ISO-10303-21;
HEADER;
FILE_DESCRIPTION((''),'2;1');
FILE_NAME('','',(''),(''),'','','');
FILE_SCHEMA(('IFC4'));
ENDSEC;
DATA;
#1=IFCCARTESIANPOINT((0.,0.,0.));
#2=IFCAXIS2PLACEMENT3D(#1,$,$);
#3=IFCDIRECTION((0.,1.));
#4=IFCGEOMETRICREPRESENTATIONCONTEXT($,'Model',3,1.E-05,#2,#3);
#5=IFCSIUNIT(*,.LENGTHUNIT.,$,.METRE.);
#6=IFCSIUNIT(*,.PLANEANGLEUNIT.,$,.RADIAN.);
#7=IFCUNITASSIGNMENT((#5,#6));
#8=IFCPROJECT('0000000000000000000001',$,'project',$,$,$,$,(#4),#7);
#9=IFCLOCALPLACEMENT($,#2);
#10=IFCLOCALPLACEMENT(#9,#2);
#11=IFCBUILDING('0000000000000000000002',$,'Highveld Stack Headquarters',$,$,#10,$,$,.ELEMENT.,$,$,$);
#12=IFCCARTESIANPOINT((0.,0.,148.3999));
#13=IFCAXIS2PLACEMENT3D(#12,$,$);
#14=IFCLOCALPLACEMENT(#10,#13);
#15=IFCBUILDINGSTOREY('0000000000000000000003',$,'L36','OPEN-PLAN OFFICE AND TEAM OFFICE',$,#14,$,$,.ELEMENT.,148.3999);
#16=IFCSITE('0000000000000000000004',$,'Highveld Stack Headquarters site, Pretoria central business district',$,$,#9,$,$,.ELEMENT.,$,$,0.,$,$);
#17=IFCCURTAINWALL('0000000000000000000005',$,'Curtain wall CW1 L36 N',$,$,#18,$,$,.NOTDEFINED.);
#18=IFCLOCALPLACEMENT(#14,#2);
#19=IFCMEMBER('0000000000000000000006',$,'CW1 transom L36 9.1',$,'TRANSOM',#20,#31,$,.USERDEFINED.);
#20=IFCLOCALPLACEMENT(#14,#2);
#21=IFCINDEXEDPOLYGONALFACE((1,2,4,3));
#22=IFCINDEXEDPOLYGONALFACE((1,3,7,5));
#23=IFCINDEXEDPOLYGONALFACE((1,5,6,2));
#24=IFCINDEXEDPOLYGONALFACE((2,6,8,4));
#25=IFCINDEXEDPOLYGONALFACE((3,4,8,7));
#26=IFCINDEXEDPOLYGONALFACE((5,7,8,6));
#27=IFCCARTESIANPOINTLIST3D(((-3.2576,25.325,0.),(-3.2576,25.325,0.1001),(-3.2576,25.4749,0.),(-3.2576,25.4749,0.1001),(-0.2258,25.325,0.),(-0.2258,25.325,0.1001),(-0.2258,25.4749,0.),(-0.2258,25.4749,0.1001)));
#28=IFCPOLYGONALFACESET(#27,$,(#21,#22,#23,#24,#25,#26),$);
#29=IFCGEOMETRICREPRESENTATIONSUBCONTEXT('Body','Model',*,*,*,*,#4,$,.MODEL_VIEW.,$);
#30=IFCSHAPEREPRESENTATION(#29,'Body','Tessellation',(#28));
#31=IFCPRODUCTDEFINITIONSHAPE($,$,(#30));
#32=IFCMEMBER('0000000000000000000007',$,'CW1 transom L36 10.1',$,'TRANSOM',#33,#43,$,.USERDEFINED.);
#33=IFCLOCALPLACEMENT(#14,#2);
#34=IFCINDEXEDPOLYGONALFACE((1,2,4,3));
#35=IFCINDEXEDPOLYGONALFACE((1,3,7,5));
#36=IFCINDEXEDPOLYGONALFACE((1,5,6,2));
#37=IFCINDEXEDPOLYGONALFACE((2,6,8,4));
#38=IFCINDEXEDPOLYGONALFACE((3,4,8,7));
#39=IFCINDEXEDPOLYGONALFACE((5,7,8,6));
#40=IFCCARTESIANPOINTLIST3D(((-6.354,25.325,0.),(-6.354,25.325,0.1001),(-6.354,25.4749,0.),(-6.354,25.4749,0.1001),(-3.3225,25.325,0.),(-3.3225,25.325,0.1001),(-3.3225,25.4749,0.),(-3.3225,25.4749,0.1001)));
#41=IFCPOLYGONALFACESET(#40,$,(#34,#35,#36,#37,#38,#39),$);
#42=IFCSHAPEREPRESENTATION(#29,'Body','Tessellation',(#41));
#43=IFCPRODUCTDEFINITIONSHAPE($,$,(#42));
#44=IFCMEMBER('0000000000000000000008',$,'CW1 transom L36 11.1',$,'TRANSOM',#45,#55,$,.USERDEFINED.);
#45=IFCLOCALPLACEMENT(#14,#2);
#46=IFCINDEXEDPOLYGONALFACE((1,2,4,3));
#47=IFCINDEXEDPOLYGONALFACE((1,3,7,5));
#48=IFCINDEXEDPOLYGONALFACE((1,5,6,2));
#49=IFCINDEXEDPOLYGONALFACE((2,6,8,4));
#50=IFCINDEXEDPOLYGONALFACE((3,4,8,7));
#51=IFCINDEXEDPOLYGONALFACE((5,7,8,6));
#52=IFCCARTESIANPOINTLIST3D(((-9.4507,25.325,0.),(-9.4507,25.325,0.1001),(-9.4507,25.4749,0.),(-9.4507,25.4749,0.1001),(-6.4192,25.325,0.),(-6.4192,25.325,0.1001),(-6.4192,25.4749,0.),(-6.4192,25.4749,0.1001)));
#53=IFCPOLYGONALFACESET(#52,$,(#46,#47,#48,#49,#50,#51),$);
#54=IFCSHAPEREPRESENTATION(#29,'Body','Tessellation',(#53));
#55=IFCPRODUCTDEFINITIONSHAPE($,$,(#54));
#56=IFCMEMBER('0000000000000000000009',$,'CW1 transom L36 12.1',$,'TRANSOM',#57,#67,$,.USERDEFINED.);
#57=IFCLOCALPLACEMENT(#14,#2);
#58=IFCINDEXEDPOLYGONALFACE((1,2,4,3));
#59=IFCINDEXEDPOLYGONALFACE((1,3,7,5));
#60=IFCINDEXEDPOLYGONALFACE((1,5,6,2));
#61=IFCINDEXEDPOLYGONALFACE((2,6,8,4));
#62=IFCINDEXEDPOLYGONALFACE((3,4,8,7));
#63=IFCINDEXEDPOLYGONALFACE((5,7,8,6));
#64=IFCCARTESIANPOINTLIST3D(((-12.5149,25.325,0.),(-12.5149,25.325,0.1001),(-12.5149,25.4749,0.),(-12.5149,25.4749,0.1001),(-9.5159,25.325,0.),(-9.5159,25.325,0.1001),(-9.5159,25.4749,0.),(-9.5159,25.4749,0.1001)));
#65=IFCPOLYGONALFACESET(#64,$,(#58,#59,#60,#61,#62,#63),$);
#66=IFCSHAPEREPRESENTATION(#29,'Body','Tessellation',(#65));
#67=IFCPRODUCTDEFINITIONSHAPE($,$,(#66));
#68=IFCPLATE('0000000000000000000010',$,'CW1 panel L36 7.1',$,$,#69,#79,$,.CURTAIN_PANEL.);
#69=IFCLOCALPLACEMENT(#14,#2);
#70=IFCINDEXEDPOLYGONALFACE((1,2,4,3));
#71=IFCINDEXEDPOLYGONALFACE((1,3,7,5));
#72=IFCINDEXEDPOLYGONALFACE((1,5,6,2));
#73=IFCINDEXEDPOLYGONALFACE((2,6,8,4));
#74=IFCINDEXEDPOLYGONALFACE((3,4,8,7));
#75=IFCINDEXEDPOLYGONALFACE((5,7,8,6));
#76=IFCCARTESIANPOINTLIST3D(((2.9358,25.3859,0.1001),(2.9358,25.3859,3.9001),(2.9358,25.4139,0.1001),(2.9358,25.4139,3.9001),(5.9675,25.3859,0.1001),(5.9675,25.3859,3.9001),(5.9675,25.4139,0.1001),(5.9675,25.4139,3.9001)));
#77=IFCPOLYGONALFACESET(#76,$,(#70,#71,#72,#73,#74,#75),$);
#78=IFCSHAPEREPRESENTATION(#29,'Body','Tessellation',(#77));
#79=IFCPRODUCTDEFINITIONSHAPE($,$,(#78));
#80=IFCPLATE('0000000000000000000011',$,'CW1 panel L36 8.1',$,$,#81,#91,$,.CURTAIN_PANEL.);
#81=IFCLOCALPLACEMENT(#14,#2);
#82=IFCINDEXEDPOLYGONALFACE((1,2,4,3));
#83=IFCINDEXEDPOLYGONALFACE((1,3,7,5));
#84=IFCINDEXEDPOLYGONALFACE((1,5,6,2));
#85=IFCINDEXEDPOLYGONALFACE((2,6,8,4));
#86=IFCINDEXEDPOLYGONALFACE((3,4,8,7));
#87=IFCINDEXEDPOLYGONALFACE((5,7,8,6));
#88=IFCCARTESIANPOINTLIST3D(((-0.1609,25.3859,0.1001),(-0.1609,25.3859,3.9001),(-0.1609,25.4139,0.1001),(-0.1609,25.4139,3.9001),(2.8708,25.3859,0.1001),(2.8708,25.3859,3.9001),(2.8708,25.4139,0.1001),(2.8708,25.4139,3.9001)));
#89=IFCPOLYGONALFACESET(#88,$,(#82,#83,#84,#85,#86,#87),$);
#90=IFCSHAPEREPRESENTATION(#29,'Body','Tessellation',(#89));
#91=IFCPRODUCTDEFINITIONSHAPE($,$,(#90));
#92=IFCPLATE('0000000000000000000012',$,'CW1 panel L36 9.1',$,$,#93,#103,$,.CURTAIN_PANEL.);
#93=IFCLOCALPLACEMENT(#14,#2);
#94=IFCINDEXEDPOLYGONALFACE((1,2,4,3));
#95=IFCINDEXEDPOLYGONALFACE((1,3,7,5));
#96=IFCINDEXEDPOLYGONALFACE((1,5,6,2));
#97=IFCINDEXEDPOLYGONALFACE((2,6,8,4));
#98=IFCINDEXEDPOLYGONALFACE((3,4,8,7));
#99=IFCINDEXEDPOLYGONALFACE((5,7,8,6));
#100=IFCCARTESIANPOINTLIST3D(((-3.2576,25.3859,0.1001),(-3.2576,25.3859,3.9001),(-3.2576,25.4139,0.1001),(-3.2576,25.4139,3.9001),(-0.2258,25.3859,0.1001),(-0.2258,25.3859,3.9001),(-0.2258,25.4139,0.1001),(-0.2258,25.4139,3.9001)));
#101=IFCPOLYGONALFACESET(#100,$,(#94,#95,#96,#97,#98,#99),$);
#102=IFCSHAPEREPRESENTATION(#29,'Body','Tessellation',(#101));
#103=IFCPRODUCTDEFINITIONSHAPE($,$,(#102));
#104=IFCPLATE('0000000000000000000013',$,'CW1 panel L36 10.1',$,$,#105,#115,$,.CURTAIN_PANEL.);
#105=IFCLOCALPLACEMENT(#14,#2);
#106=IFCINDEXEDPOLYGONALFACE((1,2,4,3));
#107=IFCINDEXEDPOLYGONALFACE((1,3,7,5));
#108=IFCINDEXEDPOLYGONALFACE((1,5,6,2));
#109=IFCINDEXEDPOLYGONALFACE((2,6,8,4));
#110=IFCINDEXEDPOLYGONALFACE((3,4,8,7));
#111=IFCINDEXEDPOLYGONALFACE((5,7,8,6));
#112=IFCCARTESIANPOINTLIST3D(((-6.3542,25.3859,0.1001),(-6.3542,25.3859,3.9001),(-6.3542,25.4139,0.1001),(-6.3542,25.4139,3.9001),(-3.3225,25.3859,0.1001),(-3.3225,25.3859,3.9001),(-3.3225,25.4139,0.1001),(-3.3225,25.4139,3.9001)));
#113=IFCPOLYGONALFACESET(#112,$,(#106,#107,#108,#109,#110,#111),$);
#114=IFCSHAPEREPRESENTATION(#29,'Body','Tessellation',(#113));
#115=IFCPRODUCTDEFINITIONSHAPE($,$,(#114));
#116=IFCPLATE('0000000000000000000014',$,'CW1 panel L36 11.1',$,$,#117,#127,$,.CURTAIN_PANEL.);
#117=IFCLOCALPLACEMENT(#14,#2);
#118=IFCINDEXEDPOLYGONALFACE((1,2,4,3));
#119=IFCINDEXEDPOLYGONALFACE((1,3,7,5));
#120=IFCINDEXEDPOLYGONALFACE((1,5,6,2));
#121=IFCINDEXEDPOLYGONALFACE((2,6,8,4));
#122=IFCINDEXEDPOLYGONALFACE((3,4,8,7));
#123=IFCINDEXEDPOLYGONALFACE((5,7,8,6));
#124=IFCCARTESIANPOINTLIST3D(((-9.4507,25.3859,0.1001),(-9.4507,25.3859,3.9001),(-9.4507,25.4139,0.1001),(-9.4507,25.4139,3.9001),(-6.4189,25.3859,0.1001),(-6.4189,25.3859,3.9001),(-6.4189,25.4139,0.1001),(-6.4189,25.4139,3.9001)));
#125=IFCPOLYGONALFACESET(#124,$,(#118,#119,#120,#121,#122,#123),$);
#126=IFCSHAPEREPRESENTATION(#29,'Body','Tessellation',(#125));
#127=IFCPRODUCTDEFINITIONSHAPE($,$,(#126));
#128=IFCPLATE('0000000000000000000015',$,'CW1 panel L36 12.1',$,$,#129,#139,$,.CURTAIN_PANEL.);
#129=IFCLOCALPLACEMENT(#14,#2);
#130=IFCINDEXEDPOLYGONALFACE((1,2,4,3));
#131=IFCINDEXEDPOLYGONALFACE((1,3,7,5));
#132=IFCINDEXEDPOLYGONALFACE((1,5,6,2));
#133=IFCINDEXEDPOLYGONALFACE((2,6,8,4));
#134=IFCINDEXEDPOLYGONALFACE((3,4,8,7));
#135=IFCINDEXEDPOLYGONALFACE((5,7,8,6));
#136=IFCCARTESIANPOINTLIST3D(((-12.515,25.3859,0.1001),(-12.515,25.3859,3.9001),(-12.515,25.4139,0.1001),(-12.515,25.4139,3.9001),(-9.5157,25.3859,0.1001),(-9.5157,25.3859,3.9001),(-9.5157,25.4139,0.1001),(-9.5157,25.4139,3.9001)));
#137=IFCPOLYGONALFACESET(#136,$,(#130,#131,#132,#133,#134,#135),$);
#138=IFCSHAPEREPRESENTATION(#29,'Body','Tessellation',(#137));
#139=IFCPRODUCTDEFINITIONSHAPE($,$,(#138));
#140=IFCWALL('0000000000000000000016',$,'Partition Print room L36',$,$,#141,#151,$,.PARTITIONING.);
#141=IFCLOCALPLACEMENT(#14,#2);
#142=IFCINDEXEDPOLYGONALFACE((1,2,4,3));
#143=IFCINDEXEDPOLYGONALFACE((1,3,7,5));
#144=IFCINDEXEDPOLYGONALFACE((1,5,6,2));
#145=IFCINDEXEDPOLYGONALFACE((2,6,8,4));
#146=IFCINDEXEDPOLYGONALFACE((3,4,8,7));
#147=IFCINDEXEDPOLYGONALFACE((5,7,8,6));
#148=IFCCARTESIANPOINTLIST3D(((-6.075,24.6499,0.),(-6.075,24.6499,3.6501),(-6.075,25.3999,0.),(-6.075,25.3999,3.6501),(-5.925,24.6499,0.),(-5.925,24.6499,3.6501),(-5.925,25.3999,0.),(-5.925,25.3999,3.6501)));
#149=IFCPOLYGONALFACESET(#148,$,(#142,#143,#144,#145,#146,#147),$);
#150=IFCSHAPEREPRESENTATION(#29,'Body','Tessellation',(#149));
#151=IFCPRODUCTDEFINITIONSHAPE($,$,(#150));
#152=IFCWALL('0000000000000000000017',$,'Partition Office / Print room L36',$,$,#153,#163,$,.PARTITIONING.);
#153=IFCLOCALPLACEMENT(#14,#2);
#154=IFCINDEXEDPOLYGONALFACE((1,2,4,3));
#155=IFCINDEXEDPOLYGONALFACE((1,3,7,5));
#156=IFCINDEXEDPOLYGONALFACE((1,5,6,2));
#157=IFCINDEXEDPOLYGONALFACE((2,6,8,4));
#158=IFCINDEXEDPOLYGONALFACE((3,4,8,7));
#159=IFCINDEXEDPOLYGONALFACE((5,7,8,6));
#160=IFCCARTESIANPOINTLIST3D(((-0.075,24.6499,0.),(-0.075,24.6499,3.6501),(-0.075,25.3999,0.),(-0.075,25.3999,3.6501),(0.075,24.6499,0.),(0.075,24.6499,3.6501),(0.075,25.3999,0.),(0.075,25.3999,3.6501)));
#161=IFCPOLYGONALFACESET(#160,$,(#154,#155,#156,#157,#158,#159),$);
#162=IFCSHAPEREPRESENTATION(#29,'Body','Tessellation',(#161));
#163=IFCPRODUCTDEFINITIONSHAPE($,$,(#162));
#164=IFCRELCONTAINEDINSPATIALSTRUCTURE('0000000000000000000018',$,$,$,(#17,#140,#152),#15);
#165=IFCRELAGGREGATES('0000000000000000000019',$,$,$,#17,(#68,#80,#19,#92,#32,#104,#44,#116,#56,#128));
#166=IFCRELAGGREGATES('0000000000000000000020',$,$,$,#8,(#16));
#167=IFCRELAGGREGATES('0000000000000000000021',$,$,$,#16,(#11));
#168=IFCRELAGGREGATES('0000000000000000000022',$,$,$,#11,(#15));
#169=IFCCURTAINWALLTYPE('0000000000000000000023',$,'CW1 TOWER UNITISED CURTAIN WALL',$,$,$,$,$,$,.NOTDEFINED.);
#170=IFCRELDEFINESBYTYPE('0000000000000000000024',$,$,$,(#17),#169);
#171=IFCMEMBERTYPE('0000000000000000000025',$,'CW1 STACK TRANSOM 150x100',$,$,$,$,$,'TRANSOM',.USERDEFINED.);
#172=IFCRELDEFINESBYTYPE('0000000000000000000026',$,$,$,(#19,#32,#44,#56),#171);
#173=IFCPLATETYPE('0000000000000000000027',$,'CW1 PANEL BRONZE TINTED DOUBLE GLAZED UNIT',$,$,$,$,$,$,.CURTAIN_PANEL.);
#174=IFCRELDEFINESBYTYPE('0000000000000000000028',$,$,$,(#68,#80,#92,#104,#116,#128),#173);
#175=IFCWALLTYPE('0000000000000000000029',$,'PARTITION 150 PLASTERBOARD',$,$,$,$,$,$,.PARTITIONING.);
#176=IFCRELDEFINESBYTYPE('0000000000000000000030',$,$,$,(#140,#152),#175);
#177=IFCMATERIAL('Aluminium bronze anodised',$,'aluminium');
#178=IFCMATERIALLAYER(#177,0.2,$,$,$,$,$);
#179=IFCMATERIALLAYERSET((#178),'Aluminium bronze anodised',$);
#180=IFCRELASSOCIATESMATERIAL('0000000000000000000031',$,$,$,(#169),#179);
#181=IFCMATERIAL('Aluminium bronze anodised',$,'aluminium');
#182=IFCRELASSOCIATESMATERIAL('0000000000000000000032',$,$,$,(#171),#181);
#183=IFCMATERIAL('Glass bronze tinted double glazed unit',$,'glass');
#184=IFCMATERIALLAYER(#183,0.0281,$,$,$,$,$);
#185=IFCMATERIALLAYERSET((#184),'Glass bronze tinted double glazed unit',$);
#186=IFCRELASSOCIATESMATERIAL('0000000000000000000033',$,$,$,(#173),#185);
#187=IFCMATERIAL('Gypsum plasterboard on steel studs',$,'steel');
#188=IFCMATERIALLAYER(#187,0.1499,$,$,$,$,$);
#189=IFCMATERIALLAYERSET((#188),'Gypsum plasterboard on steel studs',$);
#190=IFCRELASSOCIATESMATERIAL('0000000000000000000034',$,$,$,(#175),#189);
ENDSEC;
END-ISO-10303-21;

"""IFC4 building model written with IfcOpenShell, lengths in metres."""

from ifc_helpers import new_model, si_unit, direction, frame, frame_2d, origin, origin_2d, place, context, subcontext, project, spatial, rectangle, extrude, material, layer, layer_set, material_profile, profile_set, type_object, element, aggregate, save


model = new_model("IFC4")

# Units and contexts
model_context = context("Model", 3, precision=1e-05, world=origin(), true_north=direction((0.0, 1.0)))
body_context = subcontext(model_context, "Body", "Model", "MODEL_VIEW")
ifc_project = project(units=[si_unit("LENGTHUNIT", "METRE"), si_unit("PLANEANGLEUNIT", "RADIAN")], contexts=[model_context])

# Site, building, storey
site_placement = place(None, origin())
site = spatial("IfcSite", under=ifc_project, at=site_placement, Name="Highveld Stack Headquarters site, Pretoria central business district", CompositionType="ELEMENT", RefElevation=0.0)
building_placement = place(site_placement, origin())
building = spatial("IfcBuilding", under=site, at=building_placement, Name="Highveld Stack Headquarters", CompositionType="ELEMENT")
storey_placement = place(building_placement, frame((0.0, 0.0, 148.3999)))
storey = spatial("IfcBuildingStorey", under=building, at=storey_placement, Name="L36", Description="OPEN-PLAN OFFICE AND TEAM OFFICE", CompositionType="ELEMENT", Elevation=148.3999)

# Curtain wall, members, plates
ifc_material_1 = material(Name="Aluminium bronze anodised", Category="aluminium")
ifc_layer_1 = layer(ifc_material_1, 0.2)
ifc_layer_set_1 = layer_set([ifc_layer_1], Name="Aluminium bronze anodised")
curtain_wall_type = type_object("IfcCurtainWallType", Name="CW1 TOWER UNITISED CURTAIN WALL", PredefinedType="NOTDEFINED", material=ifc_layer_set_1)
curtain_wall_placement = place(storey_placement, origin())
curtain_wall = element("IfcCurtainWall", 1, at=curtain_wall_placement, inside=storey, type_object=curtain_wall_type, Name="Curtain wall CW1 L36 N", PredefinedType="NOTDEFINED")
ifc_material_2 = material(Name="Aluminium bronze anodised", Category="aluminium")
ifc_material_profile_1 = material_profile(ifc_material_2, rectangle(XDim=0.1499, YDim=0.1001, at=origin_2d()), Name="CW1 TRANSOM 150x100")
ifc_profile_set_1 = profile_set([ifc_material_profile_1], Name="Aluminium bronze anodised")
member_type_1 = type_object("IfcMemberType", Name="CW1 STACK TRANSOM 150x100", ElementType="TRANSOM", PredefinedType="USERDEFINED", material=ifc_profile_set_1)
member_1_placement = place(storey_placement, frame((-0.2258, 25.3999, 0.05), z_axis=(-1.0, 0.0, 0.0), x_axis=(0.0, -1.0, 0.0)))
member_1 = element("IfcMember", 2, at=member_1_placement, type_object=member_type_1, Name="CW1 transom L36 9.1", ObjectType="TRANSOM", PredefinedType="USERDEFINED", context=body_context, shape_type="SweptSolid", body=[
    extrude(rectangle(XDim=0.1499, YDim=0.1001, at=origin_2d()), origin(), (0.0, 0.0, 1.0), 3.0317),
])
member_2_placement = place(storey_placement, frame((-3.3225, 25.3999, 0.05), z_axis=(-1.0, 0.0, 0.0), x_axis=(0.0, -1.0, 0.0)))
member_2 = element("IfcMember", 3, at=member_2_placement, type_object=member_type_1, Name="CW1 transom L36 10.1", ObjectType="TRANSOM", PredefinedType="USERDEFINED", context=body_context, shape_type="SweptSolid", body=[
    extrude(rectangle(XDim=0.1499, YDim=0.1001, at=origin_2d()), origin(), (0.0, 0.0, 1.0), 3.0315),
])
member_3_placement = place(storey_placement, frame((-6.4192, 25.3999, 0.05), z_axis=(-1.0, 0.0, 0.0), x_axis=(0.0, -1.0, 0.0)))
member_3 = element("IfcMember", 4, at=member_3_placement, type_object=member_type_1, Name="CW1 transom L36 11.1", ObjectType="TRANSOM", PredefinedType="USERDEFINED", context=body_context, shape_type="SweptSolid", body=[
    extrude(rectangle(XDim=0.1499, YDim=0.1001, at=origin_2d()), origin(), (0.0, 0.0, 1.0), 3.0315),
])
member_4_placement = place(storey_placement, frame((-9.5159, 25.3999, 0.05), z_axis=(-1.0, 0.0, 0.0), x_axis=(0.0, -1.0, 0.0)))
member_4 = element("IfcMember", 5, at=member_4_placement, type_object=member_type_1, Name="CW1 transom L36 12.1", ObjectType="TRANSOM", PredefinedType="USERDEFINED", context=body_context, shape_type="SweptSolid", body=[
    extrude(rectangle(XDim=0.1499, YDim=0.1001, at=origin_2d()), origin(), (0.0, 0.0, 1.0), 2.999),
])
ifc_material_3 = material(Name="Glass bronze tinted double glazed unit", Category="glass")
ifc_layer_2 = layer(ifc_material_3, 0.0281)
ifc_layer_set_2 = layer_set([ifc_layer_2], Name="Glass bronze tinted double glazed unit")
plate_type = type_object("IfcPlateType", Name="CW1 PANEL BRONZE TINTED DOUBLE GLAZED UNIT", PredefinedType="CURTAIN_PANEL", material=ifc_layer_set_2)
plate_1_placement = place(storey_placement, frame((4.4517, 25.3999, 0.1001), z_axis=(0.0, 0.0, 1.0), x_axis=(-1.0, 0.0, 0.0)))
plate_1 = element("IfcPlate", 6, at=plate_1_placement, type_object=plate_type, Name="CW1 panel L36 7.1", PredefinedType="CURTAIN_PANEL", context=body_context, shape_type="SweptSolid", body=[
    extrude(rectangle(XDim=3.0317, YDim=0.0281, at=origin_2d()), origin(), (0.0, 0.0, 1.0), 3.8),
])
plate_2_placement = place(storey_placement, frame((1.355, 25.3999, 0.1001), z_axis=(0.0, 0.0, 1.0), x_axis=(-1.0, 0.0, 0.0)))
plate_2 = element("IfcPlate", 7, at=plate_2_placement, type_object=plate_type, Name="CW1 panel L36 8.1", PredefinedType="CURTAIN_PANEL", context=body_context, shape_type="SweptSolid", body=[
    extrude(rectangle(XDim=3.0317, YDim=0.0281, at=origin_2d()), origin(), (0.0, 0.0, 1.0), 3.8),
])
plate_3_placement = place(storey_placement, frame((-1.7417, 25.3999, 0.1001), z_axis=(0.0, 0.0, 1.0), x_axis=(-1.0, 0.0, 0.0)))
plate_3 = element("IfcPlate", 8, at=plate_3_placement, type_object=plate_type, Name="CW1 panel L36 9.1", PredefinedType="CURTAIN_PANEL", context=body_context, shape_type="SweptSolid", body=[
    extrude(rectangle(XDim=3.0317, YDim=0.0281, at=origin_2d()), origin(), (0.0, 0.0, 1.0), 3.8),
])
plate_4_placement = place(storey_placement, frame((-4.8384, 25.3999, 0.1001), z_axis=(0.0, 0.0, 1.0), x_axis=(-1.0, 0.0, 0.0)))
plate_4 = element("IfcPlate", 9, at=plate_4_placement, type_object=plate_type, Name="CW1 panel L36 10.1", PredefinedType="CURTAIN_PANEL", context=body_context, shape_type="SweptSolid", body=[
    extrude(rectangle(XDim=3.0317, YDim=0.0281, at=origin_2d()), origin(), (0.0, 0.0, 1.0), 3.8),
])
plate_5_placement = place(storey_placement, frame((-7.9348, 25.3999, 0.1001), z_axis=(0.0, 0.0, 1.0), x_axis=(-1.0, 0.0, 0.0)))
plate_5 = element("IfcPlate", 10, at=plate_5_placement, type_object=plate_type, Name="CW1 panel L36 11.1", PredefinedType="CURTAIN_PANEL", context=body_context, shape_type="SweptSolid", body=[
    extrude(rectangle(XDim=3.0317, YDim=0.0281, at=origin_2d()), origin(), (0.0, 0.0, 1.0), 3.8),
])
plate_6_placement = place(storey_placement, frame((-11.0154, 25.3999, 0.1001), z_axis=(0.0, 0.0, 1.0), x_axis=(-1.0, 0.0, 0.0)))
plate_6 = element("IfcPlate", 11, at=plate_6_placement, type_object=plate_type, Name="CW1 panel L36 12.1", PredefinedType="CURTAIN_PANEL", context=body_context, shape_type="SweptSolid", body=[
    extrude(rectangle(XDim=2.9993, YDim=0.0281, at=origin_2d()), origin(), (0.0, 0.0, 1.0), 3.8),
])
aggregate(curtain_wall, [plate_1, plate_2, member_1, plate_3, member_2, plate_4, member_3, plate_5, member_4, plate_6])

# Walls
ifc_material_4 = material(Name="Gypsum plasterboard on steel studs", Category="steel")
ifc_layer_3 = layer(ifc_material_4, 0.1499)
ifc_layer_set_3 = layer_set([ifc_layer_3], Name="Gypsum plasterboard on steel studs")
wall_type = type_object("IfcWallType", Name="PARTITION 150 PLASTERBOARD", PredefinedType="PARTITIONING", material=ifc_layer_set_3)
for number, where, z_axis, x_axis, name in (
    (12, (-6.0, 24.6499, 0.0), (0.0, 0.0, 1.0), (0.0, 1.0, 0.0), "Partition Print room L36"),
    (13, (0.0, 24.6499, 0.0), (0.0, 0.0, 1.0), (0.0, 1.0, 0.0), "Partition Office / Print room L36"),
):
    element("IfcWall", number, at=place(storey_placement, frame(where, z_axis=z_axis, x_axis=x_axis)), inside=storey, type_object=wall_type, Name=name, PredefinedType="PARTITIONING", context=body_context, shape_type="SweptSolid", body=[
        extrude(rectangle(XDim=0.75, YDim=0.1499, at=frame_2d((0.375, 0.0))), origin(), (0.0, 0.0, 1.0), 3.6501),
    ])

save(model, "model.ifc")
